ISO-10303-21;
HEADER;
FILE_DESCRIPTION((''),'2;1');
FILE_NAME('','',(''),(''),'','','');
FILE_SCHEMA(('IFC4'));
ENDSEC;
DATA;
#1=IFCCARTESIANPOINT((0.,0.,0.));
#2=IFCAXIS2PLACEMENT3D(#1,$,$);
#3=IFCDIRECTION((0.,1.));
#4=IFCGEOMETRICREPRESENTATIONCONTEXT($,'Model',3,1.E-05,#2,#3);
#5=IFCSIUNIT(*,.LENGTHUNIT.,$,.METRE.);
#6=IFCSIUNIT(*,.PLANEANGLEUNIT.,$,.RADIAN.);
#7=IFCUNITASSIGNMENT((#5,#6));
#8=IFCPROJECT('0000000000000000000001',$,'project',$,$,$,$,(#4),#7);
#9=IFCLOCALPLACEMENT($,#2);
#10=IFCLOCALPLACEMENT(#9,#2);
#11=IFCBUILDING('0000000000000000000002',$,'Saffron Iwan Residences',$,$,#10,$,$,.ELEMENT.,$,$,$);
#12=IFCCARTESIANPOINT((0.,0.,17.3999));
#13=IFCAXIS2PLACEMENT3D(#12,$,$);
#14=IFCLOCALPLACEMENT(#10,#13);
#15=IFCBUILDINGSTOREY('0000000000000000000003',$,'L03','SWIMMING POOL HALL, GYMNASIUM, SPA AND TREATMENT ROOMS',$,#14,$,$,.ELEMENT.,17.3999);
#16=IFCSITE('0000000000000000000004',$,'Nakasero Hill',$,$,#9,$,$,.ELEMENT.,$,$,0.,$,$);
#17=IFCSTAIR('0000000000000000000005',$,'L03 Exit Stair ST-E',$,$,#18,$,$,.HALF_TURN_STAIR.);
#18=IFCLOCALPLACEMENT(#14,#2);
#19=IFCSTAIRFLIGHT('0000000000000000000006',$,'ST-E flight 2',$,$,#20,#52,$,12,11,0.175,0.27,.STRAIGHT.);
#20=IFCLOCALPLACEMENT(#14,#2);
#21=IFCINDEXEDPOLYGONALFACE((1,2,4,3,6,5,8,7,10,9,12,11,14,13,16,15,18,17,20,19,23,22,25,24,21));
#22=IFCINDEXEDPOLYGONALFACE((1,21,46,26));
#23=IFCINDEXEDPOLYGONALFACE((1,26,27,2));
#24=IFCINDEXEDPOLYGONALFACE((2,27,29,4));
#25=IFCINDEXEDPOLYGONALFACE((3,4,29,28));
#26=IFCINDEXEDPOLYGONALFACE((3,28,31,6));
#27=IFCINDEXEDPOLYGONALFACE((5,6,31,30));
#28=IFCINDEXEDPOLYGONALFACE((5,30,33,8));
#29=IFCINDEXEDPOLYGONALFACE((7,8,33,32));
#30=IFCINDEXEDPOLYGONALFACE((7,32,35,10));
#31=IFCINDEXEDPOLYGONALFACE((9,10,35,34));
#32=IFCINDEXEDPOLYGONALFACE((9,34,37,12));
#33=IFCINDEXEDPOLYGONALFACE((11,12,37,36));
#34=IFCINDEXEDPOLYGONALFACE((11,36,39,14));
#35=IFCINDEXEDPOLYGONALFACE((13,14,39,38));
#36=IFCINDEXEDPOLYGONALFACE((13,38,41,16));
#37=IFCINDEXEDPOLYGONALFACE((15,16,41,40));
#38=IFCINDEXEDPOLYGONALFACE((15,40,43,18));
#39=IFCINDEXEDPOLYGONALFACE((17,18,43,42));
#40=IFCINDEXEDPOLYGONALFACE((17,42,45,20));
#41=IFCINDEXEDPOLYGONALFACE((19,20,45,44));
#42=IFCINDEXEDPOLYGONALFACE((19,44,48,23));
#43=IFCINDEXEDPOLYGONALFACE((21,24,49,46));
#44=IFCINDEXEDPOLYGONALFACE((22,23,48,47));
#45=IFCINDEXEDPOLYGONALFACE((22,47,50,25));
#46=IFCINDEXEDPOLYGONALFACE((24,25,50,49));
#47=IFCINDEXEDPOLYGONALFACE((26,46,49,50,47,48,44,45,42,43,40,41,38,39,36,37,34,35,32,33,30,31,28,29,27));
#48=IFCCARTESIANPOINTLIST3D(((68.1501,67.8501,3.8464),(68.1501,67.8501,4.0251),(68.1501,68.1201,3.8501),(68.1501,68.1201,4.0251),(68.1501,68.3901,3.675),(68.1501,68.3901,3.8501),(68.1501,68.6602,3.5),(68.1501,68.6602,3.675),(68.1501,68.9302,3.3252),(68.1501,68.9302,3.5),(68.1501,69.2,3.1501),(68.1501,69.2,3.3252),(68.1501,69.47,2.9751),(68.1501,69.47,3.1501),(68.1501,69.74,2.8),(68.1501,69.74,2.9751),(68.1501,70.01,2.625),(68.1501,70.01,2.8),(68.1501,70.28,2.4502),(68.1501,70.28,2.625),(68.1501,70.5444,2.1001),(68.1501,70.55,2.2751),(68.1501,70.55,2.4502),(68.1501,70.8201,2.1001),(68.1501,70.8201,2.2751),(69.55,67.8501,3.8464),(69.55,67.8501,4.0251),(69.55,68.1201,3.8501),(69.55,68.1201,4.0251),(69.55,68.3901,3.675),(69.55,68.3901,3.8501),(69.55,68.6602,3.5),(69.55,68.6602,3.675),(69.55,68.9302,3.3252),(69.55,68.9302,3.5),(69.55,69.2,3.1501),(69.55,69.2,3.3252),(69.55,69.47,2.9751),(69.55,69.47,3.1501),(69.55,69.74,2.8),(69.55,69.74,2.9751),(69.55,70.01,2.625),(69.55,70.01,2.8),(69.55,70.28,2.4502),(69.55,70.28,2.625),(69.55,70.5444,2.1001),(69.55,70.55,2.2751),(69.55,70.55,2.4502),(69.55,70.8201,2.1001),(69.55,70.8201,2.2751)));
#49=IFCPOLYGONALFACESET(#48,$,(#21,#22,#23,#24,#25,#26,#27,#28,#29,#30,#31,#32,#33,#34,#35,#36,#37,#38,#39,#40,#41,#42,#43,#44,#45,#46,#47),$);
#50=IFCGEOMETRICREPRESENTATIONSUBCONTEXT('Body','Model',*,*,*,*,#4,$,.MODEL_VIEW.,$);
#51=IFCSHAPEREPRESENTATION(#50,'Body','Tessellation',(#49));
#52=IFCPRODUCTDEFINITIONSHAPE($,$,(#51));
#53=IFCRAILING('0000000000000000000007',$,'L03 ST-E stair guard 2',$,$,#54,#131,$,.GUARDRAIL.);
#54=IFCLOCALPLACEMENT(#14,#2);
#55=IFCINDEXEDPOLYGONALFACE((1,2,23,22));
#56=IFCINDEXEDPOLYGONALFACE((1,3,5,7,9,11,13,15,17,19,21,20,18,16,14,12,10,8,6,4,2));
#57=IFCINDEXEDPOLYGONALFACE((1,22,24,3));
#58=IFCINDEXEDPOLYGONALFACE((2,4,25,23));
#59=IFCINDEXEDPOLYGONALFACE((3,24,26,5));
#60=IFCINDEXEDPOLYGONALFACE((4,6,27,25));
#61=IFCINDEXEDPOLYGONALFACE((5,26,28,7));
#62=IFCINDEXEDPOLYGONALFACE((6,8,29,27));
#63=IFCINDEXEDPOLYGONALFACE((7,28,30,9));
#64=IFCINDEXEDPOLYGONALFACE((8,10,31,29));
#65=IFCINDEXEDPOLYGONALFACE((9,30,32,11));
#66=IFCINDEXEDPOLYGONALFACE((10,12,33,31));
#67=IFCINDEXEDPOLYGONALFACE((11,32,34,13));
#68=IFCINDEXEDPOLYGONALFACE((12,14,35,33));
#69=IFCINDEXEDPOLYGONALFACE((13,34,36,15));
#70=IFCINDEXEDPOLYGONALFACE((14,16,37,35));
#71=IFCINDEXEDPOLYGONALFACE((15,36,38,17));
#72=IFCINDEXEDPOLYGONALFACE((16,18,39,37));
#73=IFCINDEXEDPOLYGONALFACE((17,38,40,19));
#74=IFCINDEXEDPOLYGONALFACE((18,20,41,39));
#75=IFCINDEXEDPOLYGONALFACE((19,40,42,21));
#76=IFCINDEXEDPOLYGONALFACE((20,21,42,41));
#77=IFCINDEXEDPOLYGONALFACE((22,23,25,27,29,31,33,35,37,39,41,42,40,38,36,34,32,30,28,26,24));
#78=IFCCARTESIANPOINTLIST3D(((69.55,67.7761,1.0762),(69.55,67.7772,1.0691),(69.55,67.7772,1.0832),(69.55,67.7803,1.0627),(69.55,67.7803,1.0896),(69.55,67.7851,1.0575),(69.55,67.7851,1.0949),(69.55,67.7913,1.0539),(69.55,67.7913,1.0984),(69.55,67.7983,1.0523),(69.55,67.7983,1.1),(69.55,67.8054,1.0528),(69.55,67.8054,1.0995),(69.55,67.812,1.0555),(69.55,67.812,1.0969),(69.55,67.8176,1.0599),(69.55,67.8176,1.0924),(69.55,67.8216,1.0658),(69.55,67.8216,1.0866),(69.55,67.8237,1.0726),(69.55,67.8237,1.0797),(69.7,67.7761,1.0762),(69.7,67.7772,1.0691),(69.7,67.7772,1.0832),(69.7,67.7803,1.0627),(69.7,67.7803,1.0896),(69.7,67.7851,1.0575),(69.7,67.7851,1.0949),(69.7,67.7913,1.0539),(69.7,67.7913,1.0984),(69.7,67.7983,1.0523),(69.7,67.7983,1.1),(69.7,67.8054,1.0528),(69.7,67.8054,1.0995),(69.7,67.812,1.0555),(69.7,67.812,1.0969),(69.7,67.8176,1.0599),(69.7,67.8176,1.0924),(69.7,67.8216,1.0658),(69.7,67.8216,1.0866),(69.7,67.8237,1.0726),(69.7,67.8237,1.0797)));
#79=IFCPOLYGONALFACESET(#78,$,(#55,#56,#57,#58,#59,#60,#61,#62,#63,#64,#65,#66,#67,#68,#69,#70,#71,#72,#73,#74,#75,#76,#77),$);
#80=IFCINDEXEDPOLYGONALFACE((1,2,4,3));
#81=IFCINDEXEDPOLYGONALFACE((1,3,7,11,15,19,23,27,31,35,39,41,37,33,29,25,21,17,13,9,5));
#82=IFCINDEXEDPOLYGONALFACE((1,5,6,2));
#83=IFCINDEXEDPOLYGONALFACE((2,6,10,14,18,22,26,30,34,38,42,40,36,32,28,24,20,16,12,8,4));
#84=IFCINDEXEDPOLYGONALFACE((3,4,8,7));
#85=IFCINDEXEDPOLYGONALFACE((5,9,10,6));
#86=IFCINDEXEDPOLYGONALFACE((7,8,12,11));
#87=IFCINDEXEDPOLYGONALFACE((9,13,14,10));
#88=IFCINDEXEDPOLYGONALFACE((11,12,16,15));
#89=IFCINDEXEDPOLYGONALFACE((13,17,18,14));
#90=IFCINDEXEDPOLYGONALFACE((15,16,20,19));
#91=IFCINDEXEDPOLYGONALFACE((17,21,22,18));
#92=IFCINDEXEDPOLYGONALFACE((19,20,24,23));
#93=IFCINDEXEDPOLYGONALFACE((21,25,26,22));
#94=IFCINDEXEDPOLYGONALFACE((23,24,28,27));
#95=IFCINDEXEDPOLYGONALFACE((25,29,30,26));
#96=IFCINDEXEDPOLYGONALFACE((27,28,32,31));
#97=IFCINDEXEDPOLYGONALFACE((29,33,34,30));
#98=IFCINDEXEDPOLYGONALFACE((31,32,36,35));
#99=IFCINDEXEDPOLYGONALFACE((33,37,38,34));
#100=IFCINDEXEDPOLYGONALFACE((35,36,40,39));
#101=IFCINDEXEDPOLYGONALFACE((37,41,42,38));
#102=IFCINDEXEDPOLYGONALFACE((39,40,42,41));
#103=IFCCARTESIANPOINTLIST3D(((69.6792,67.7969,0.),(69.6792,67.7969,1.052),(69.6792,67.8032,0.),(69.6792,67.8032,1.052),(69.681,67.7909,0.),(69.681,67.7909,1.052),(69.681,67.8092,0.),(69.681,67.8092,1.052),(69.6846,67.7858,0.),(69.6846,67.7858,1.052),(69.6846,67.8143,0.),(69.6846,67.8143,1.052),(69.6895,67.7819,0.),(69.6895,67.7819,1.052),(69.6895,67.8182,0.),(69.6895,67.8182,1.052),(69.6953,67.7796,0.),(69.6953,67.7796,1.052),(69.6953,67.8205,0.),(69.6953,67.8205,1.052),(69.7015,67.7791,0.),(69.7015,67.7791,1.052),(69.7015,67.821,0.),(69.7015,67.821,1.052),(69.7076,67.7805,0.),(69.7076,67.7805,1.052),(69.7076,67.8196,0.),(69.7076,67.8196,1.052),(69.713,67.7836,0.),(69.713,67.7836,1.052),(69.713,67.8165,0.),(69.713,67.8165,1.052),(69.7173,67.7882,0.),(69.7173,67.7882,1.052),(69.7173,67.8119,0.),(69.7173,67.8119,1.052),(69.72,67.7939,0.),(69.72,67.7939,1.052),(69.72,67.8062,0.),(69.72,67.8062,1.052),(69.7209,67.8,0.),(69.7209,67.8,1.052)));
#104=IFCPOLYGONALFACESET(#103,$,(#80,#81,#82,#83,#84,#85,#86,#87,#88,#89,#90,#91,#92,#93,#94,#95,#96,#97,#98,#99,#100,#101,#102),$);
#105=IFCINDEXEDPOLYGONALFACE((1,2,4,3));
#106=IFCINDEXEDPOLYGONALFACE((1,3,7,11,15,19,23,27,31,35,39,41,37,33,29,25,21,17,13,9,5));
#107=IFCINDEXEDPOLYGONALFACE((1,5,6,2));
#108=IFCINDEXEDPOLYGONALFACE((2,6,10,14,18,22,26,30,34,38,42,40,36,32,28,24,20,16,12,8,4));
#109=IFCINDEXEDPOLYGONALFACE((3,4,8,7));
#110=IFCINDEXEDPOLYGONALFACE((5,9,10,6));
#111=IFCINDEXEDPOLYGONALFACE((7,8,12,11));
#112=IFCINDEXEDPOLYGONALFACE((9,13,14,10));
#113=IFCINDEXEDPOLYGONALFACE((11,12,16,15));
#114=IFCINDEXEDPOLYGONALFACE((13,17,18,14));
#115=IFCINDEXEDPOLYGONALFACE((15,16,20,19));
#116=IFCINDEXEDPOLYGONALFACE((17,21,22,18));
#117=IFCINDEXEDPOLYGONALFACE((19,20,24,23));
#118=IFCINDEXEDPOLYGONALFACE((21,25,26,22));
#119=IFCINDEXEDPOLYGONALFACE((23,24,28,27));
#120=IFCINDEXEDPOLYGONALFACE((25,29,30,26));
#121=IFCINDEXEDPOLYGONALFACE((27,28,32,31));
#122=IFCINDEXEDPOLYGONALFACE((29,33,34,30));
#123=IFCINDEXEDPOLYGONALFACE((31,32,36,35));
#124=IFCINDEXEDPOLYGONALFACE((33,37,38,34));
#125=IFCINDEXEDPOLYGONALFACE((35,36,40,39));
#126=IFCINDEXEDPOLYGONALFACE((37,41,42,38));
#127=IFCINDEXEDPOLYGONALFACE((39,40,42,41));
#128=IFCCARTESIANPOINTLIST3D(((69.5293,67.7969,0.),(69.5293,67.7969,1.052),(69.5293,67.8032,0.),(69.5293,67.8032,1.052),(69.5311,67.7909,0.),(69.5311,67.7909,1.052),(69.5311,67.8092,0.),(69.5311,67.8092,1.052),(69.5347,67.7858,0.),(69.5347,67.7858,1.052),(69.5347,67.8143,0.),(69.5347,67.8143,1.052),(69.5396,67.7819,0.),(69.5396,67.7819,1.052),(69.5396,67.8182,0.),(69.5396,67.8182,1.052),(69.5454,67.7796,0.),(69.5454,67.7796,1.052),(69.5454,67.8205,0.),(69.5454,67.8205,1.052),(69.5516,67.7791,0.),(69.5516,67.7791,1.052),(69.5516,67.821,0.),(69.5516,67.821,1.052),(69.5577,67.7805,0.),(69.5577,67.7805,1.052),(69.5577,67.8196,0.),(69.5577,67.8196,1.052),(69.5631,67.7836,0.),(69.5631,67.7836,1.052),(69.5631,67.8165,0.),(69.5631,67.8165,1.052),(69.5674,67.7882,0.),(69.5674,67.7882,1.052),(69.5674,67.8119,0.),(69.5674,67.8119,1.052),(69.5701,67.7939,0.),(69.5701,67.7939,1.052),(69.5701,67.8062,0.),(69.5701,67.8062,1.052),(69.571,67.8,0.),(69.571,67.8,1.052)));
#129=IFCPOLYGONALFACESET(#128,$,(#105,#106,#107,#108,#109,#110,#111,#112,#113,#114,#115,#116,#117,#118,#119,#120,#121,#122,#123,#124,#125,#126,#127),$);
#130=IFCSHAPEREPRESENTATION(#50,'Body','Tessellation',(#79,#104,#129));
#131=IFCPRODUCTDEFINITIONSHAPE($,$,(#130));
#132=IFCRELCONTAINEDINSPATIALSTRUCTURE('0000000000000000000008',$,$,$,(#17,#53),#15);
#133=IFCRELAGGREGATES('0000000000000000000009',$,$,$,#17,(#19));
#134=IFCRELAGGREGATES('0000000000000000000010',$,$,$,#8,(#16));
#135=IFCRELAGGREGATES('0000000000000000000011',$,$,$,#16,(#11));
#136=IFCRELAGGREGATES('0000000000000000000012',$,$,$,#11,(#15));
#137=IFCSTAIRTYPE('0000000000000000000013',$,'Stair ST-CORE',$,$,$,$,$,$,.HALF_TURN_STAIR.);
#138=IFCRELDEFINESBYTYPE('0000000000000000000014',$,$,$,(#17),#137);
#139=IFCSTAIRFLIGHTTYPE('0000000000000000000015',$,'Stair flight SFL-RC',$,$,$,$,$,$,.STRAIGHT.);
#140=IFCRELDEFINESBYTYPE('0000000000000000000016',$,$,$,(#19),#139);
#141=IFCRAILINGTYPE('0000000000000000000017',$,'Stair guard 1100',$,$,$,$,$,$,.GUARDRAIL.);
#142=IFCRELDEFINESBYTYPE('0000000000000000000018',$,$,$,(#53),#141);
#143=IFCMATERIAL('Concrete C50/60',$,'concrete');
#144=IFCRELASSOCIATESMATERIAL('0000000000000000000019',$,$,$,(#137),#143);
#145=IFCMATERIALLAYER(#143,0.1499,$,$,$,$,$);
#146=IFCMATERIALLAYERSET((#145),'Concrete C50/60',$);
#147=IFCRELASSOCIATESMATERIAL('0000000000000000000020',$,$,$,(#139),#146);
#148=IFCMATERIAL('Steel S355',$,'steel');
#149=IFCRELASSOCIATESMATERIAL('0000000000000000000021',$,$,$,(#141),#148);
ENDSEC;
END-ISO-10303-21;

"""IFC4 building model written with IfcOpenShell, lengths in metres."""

from ifc_helpers import new_model, si_unit, direction, frame, origin, origin_2d, place, context, subcontext, project, spatial, polyline, circle, outline, extrude, material, layer, layer_set, type_object, element, aggregate, save


model = new_model("IFC4")

# Units and contexts
model_context = context("Model", 3, precision=1e-05, world=origin(), true_north=direction((0.0, 1.0)))
body_context = subcontext(model_context, "Body", "Model", "MODEL_VIEW")
ifc_project = project(units=[si_unit("LENGTHUNIT", "METRE"), si_unit("PLANEANGLEUNIT", "RADIAN")], contexts=[model_context])

# Site, building, storey
site_placement = place(None, origin())
site = spatial("IfcSite", under=ifc_project, at=site_placement, Name="Nakasero Hill", CompositionType="ELEMENT", RefElevation=0.0)
building_placement = place(site_placement, origin())
building = spatial("IfcBuilding", under=site, at=building_placement, Name="Saffron Iwan Residences", CompositionType="ELEMENT")
storey_placement = place(building_placement, frame((0.0, 0.0, 17.3999)))
storey = spatial("IfcBuildingStorey", under=building, at=storey_placement, Name="L03", Description="SWIMMING POOL HALL, GYMNASIUM, SPA AND TREATMENT ROOMS", CompositionType="ELEMENT", Elevation=17.3999)

# Shared definitions
ifc_material_1 = material(Name="Concrete C50/60", Category="concrete")

# Stair, stair flight
stair_type = type_object("IfcStairType", Name="Stair ST-CORE", PredefinedType="HALF_TURN_STAIR", material=ifc_material_1)
stair_placement = place(storey_placement, origin())
stair = element("IfcStair", 1, at=stair_placement, inside=storey, type_object=stair_type, Name="L03 Exit Stair ST-E", PredefinedType="HALF_TURN_STAIR")
ifc_layer_1 = layer(ifc_material_1, 0.1499)
ifc_layer_set_1 = layer_set([ifc_layer_1], Name="Concrete C50/60")
stair_flight_type = type_object("IfcStairFlightType", Name="Stair flight SFL-RC", PredefinedType="STRAIGHT", material=ifc_layer_set_1)
stair_flight_1_placement = place(storey_placement, frame((68.8501, 70.8201, 2.1001), z_axis=(0.0, 0.0, 1.0), x_axis=(0.0, -1.0, 0.0)))
stair_flight_1 = element("IfcStairFlight", 2, at=stair_flight_1_placement, type_object=stair_flight_type, Name="ST-E flight 2", NumberOfRisers=12, NumberOfTreads=11, PredefinedType="STRAIGHT", RiserHeight=0.175, TreadLength=0.27, context=body_context, shape_type="SweptSolid", body=[
    extrude(outline(polyline([(0.0, 0.0), (0.0, 0.175), (0.27, 0.175), (0.27, 0.3501), (0.54, 0.3501), (0.54, 0.5249), (0.8101, 0.5249), (0.8101, 0.7), (1.0801, 0.7), (1.0801, 0.875), (1.3501, 0.875), (1.3501, 1.05), (1.6201, 1.05), (1.6201, 1.2251), (1.8899, 1.2251), (1.8899, 1.3999), (2.1599, 1.3999), (2.1599, 1.575), (2.4299, 1.575), (2.4299, 1.75), (2.7, 1.75), (2.7, 1.925), (2.97, 1.925), (2.97, 2.1001), (2.97, 1.7463), (0.2756, 0.0), (0.0, 0.0)])), frame((0.0, 0.7, 0.0), z_axis=(0.0, -1.0, 0.0), x_axis=(1.0, 0.0, 0.0)), (0.0, 0.0, 1.0), 1.3999),
])
aggregate(stair, [stair_flight_1])

# Railing
ifc_material_2 = material(Name="Steel S355", Category="steel")
railing_type_1 = type_object("IfcRailingType", Name="Stair guard 1100", PredefinedType="GUARDRAIL", material=ifc_material_2)
railing_1_placement = place(storey_placement, frame((69.7, 67.8, 0.0)))
element("IfcRailing", 3, at=railing_1_placement, inside=storey, type_object=railing_type_1, Name="L03 ST-E stair guard 2", PredefinedType="GUARDRAIL", context=body_context, shape_type="SweptSolid", body=[
    extrude(circle(Radius=0.0239, at=origin_2d()), frame((0.0, 0.0, 1.0762), z_axis=(-1.0, 0.0, 0.0), x_axis=(0.0, -1.0, 0.0)), (0.0, 0.0, 1.0), 0.1499),
    extrude(circle(Radius=0.021, at=origin_2d()), origin(), (0.0, 0.0, 1.0), 1.052),
    extrude(circle(Radius=0.021, at=origin_2d()), frame((-0.1499, 0.0, 0.0)), (0.0, 0.0, 1.0), 1.052),
])

save(model, "model.ifc")
